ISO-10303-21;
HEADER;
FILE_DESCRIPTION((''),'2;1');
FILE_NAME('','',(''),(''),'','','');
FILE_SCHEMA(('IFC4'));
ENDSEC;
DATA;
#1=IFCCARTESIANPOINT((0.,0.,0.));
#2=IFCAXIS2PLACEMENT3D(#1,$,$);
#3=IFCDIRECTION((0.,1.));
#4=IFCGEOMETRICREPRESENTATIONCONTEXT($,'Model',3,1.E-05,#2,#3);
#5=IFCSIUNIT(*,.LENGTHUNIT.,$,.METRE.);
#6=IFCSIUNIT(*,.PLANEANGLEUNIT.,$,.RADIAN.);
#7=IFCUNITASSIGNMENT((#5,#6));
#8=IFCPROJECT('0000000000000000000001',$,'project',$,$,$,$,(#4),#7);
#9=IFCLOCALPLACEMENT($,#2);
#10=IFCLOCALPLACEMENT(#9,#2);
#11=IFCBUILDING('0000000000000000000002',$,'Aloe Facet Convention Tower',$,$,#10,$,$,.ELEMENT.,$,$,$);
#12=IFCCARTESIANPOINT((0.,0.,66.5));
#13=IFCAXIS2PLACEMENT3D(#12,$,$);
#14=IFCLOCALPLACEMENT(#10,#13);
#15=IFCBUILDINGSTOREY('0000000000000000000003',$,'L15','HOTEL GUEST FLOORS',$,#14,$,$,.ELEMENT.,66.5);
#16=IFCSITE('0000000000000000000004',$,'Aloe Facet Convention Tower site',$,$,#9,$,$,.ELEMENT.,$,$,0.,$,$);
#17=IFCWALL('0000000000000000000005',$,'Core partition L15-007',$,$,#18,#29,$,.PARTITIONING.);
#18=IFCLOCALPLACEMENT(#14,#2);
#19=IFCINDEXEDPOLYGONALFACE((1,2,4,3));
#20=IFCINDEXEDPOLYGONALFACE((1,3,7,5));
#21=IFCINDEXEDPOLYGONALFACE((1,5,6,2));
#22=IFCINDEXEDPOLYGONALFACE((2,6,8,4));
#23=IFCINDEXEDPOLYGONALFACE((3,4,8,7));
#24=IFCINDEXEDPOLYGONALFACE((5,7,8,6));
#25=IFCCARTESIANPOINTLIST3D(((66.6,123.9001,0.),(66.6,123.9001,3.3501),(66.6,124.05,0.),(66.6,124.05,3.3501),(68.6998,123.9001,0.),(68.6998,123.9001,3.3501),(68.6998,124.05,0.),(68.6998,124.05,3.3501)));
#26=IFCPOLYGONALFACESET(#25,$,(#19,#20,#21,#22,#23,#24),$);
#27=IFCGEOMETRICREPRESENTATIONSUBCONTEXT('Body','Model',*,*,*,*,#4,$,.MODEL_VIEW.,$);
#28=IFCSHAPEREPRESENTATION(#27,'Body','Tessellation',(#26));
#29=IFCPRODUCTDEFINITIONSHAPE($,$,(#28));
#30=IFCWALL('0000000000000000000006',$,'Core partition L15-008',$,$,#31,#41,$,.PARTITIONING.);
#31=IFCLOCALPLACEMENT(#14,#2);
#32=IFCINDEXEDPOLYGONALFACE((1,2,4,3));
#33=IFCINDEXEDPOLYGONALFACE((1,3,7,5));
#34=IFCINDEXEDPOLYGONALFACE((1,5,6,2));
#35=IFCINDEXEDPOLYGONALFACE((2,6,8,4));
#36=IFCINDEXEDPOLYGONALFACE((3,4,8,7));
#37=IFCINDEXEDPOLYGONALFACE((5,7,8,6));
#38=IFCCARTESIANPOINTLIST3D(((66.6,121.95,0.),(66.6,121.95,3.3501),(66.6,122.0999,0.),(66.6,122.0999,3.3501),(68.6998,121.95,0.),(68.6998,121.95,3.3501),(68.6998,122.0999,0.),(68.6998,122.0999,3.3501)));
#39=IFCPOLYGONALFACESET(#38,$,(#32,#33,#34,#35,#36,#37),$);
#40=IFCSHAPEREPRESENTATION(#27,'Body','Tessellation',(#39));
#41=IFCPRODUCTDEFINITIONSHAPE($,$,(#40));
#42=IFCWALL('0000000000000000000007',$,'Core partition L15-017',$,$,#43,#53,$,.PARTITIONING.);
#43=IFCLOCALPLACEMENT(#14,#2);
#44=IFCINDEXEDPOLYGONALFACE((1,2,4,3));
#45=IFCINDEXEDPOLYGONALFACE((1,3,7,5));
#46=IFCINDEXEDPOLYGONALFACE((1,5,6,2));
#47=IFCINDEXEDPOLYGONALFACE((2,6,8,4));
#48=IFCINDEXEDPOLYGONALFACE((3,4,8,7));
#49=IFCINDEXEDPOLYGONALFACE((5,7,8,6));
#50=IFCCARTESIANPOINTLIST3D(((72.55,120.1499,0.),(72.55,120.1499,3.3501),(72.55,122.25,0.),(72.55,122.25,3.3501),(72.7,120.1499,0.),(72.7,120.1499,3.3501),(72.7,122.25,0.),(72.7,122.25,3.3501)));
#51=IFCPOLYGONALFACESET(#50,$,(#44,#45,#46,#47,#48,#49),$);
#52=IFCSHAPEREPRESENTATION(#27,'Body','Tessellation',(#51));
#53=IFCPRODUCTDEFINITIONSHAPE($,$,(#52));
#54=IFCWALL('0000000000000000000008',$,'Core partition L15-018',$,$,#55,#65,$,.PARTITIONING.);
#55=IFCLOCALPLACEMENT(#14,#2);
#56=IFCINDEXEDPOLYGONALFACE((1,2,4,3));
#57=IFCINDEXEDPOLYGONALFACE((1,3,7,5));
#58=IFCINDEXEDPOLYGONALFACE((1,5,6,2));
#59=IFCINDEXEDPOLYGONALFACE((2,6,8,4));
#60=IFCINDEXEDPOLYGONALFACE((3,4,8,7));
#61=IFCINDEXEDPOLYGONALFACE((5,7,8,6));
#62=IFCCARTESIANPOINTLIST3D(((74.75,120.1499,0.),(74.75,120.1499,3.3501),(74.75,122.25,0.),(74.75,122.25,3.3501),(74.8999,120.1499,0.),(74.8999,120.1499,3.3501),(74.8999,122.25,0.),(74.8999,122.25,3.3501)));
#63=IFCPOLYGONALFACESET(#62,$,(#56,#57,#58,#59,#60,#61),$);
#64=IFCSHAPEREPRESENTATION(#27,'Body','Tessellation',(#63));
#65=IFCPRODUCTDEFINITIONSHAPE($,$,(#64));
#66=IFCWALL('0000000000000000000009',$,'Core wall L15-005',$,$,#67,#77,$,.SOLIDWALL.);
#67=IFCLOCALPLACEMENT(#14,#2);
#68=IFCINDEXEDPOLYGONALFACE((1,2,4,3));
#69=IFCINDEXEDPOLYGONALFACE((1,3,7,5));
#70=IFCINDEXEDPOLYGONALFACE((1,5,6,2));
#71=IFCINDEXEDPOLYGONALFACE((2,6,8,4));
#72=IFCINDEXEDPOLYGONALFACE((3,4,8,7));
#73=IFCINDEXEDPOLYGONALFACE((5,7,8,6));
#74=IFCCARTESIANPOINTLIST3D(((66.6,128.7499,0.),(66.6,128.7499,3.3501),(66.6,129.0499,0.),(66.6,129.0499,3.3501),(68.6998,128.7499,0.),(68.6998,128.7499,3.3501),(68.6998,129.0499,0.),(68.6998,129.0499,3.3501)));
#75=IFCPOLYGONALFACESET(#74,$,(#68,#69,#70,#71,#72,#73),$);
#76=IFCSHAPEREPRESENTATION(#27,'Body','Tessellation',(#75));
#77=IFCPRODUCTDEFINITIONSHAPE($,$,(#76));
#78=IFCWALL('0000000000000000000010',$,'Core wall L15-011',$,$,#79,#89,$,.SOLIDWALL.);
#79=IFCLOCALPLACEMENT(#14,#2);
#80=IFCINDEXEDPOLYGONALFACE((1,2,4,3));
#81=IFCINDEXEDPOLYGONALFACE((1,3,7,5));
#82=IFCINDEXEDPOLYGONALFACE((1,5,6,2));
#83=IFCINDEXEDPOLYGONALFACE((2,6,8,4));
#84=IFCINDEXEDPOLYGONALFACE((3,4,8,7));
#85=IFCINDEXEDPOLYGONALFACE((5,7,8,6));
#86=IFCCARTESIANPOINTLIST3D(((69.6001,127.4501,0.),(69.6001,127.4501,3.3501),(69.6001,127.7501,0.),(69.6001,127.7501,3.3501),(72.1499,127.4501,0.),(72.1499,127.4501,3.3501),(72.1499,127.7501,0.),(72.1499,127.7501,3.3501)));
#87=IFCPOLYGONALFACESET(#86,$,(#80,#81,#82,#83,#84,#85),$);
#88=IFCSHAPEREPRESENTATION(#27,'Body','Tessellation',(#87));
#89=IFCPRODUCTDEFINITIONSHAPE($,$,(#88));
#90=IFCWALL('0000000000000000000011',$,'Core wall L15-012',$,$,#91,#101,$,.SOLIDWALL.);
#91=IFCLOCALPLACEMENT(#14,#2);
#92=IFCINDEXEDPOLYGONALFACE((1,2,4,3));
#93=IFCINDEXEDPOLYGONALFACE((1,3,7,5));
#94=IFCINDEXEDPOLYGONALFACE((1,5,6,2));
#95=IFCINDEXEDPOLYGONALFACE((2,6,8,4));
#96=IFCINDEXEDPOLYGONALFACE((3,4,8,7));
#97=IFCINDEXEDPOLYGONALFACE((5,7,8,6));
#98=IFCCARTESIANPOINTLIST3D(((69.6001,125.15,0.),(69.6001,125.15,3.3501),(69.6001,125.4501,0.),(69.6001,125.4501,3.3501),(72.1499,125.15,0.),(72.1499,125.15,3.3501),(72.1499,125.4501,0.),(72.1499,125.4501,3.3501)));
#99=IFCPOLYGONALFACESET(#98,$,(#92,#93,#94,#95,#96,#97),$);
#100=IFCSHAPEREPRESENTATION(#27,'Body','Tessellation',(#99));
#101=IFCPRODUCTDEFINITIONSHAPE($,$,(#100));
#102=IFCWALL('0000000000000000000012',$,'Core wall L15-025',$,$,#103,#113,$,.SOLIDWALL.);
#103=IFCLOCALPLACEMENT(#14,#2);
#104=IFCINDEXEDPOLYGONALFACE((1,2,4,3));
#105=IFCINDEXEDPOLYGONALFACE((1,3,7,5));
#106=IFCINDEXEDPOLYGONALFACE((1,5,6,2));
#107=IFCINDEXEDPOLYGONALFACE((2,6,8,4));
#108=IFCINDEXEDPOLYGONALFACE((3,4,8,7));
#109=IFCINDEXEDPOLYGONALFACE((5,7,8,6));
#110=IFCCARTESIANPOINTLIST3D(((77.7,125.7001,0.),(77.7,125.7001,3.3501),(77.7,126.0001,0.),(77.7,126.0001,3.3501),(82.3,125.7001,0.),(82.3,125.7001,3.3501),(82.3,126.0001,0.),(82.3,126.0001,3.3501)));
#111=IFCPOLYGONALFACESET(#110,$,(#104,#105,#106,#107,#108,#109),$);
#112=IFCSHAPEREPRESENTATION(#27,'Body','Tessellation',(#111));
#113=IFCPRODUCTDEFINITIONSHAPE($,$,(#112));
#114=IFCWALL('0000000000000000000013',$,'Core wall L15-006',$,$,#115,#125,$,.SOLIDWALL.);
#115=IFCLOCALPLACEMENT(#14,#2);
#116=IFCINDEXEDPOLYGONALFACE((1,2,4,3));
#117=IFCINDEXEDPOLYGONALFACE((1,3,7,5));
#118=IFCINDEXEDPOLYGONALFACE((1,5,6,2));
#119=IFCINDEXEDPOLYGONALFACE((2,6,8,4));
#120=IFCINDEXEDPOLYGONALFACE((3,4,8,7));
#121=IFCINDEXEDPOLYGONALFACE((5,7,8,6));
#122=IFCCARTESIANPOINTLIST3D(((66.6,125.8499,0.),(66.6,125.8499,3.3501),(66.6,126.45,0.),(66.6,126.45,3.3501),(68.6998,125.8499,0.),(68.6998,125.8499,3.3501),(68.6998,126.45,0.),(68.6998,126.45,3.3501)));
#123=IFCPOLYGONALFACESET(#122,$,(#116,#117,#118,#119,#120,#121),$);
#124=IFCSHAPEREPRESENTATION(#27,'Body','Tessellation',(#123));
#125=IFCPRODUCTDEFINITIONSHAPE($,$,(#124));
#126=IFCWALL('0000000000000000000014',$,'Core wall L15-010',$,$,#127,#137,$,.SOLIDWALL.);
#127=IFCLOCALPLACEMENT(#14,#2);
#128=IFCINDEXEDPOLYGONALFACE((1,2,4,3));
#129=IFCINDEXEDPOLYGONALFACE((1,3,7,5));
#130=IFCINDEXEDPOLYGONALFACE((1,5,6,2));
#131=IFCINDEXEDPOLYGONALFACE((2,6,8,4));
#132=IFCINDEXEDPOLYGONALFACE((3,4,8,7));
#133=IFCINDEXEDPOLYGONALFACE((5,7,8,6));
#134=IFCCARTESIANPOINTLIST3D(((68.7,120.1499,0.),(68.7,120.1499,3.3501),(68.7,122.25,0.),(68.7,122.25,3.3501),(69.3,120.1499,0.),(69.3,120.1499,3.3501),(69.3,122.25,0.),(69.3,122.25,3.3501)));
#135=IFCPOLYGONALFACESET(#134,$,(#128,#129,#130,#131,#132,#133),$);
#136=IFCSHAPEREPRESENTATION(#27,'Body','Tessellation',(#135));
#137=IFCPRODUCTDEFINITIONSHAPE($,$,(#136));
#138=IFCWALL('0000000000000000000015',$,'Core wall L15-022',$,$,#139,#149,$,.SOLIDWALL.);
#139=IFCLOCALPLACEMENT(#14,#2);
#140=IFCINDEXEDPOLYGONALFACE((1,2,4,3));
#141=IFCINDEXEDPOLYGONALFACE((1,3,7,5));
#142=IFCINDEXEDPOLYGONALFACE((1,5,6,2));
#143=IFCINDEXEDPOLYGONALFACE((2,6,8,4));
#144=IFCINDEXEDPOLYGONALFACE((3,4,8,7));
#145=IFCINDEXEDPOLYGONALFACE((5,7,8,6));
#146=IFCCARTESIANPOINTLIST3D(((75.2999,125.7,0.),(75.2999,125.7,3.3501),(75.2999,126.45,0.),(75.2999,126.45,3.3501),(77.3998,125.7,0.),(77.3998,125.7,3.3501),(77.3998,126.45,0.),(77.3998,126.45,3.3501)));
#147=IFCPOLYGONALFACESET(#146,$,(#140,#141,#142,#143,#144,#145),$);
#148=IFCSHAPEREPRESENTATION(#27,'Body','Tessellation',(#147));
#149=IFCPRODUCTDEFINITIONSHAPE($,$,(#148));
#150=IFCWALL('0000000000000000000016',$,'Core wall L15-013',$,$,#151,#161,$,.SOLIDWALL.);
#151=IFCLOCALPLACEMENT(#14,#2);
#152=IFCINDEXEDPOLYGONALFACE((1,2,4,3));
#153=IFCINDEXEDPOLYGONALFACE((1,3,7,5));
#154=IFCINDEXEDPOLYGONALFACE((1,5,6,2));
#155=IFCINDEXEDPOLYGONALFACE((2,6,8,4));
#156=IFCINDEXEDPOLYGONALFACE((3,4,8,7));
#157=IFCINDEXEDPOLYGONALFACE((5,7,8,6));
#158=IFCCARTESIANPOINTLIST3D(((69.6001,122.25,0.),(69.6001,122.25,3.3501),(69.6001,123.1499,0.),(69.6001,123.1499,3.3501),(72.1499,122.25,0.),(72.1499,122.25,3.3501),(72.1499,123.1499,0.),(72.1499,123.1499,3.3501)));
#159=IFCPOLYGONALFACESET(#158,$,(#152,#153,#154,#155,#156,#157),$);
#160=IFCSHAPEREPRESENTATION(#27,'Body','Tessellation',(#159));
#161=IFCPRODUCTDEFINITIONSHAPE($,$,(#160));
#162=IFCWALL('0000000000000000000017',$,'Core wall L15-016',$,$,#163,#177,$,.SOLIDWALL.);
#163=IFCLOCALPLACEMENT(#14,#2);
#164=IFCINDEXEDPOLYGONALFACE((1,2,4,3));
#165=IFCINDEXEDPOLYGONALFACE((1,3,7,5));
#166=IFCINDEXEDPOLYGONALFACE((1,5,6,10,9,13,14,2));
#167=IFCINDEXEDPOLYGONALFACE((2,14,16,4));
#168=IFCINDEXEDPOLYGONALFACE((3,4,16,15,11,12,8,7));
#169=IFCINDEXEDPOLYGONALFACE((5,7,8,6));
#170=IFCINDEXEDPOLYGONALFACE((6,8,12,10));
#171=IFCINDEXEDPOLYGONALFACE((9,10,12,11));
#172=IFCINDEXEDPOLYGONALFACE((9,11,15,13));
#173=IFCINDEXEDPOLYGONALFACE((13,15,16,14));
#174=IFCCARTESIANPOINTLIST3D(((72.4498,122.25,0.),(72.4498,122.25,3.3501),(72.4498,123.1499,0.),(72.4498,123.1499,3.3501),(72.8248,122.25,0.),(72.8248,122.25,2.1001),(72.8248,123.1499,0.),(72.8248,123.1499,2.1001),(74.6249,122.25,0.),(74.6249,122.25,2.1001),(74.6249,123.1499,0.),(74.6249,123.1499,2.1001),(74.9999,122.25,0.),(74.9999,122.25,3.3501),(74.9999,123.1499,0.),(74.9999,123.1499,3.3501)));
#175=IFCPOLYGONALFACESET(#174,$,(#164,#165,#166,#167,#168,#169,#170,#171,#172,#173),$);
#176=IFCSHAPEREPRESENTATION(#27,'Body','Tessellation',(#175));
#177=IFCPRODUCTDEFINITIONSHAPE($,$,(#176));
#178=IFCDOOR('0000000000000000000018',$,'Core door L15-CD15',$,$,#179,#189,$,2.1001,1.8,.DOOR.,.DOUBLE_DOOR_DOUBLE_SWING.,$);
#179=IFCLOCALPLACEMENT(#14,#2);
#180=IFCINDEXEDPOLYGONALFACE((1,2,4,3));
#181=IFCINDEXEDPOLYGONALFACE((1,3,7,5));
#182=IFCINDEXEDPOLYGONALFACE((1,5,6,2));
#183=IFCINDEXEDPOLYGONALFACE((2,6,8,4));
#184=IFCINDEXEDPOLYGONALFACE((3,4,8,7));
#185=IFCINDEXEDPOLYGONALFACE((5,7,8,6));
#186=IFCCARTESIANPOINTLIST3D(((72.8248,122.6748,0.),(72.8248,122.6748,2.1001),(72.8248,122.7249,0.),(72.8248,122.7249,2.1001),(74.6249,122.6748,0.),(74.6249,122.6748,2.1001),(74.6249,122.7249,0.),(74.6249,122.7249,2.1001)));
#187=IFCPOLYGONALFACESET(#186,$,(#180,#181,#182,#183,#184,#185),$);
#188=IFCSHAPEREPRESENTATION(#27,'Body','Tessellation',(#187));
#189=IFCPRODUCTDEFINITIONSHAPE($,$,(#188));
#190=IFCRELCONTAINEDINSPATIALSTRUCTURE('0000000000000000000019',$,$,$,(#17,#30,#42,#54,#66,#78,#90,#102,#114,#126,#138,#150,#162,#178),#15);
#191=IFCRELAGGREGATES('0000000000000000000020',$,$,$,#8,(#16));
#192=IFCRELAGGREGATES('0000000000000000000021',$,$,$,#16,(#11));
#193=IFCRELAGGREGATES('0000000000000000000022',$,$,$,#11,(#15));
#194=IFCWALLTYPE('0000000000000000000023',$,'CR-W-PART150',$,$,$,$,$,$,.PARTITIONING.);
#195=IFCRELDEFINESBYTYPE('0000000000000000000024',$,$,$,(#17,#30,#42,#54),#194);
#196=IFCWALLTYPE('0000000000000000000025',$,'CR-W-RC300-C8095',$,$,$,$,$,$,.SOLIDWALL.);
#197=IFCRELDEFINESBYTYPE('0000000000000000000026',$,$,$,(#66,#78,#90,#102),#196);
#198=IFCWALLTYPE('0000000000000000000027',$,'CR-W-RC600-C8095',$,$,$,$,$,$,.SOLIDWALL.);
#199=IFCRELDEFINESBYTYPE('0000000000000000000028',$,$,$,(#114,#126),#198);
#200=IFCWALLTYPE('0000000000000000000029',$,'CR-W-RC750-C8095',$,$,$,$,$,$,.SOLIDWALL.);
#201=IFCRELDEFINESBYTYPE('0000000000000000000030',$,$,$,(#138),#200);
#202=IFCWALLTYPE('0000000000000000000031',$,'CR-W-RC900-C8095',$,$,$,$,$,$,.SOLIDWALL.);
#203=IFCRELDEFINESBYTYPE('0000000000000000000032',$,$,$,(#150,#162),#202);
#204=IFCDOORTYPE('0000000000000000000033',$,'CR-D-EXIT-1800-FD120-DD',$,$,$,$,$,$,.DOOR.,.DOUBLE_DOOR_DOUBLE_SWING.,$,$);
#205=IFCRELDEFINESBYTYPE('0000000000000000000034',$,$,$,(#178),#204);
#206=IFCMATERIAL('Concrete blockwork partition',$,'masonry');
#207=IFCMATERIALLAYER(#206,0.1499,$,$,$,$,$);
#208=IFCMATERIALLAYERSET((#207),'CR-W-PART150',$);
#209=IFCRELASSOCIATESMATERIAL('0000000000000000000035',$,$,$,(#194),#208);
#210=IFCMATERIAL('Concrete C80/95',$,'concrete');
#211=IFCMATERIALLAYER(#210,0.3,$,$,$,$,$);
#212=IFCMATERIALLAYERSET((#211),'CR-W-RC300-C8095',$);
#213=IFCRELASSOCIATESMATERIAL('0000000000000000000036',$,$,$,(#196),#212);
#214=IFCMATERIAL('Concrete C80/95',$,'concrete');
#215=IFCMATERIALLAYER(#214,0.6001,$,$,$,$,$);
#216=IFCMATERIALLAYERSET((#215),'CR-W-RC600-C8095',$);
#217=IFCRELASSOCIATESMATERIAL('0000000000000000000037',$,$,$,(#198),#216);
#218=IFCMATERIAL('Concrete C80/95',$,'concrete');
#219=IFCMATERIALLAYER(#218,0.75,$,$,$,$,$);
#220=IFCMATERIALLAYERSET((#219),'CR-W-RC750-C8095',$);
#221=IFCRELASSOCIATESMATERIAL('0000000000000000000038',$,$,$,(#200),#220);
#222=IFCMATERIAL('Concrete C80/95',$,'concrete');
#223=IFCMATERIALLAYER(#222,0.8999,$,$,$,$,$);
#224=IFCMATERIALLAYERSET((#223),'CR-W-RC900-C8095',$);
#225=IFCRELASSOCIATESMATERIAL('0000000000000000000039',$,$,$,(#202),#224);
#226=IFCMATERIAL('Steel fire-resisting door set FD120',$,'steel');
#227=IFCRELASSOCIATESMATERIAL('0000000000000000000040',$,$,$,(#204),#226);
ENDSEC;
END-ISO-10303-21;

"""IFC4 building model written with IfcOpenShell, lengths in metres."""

from ifc_helpers import new_model, si_unit, direction, frame, frame_2d, origin, place, context, subcontext, project, spatial, rectangle, extrude, material, layer, layer_set, type_object, element, fill, save


model = new_model("IFC4")

# Units and contexts
model_context = context("Model", 3, precision=1e-05, world=origin(), true_north=direction((0.0, 1.0)))
body_context = subcontext(model_context, "Body", "Model", "MODEL_VIEW")
ifc_project = project(units=[si_unit("LENGTHUNIT", "METRE"), si_unit("PLANEANGLEUNIT", "RADIAN")], contexts=[model_context])

# Site, building, storey
site_placement = place(None, origin())
site = spatial("IfcSite", under=ifc_project, at=site_placement, Name="Aloe Facet Convention Tower site", CompositionType="ELEMENT", RefElevation=0.0)
building_placement = place(site_placement, origin())
building = spatial("IfcBuilding", under=site, at=building_placement, Name="Aloe Facet Convention Tower", CompositionType="ELEMENT")
storey_placement = place(building_placement, frame((0.0, 0.0, 66.5)))
storey = spatial("IfcBuildingStorey", under=building, at=storey_placement, Name="L15", Description="HOTEL GUEST FLOORS", CompositionType="ELEMENT", Elevation=66.5)

# Walls
ifc_material_1 = material(Name="Concrete blockwork partition", Category="masonry")
ifc_layer_1 = layer(ifc_material_1, 0.1499)
ifc_layer_set_1 = layer_set([ifc_layer_1], Name="CR-W-PART150")
wall_type_1 = type_object("IfcWallType", Name="CR-W-PART150", PredefinedType="PARTITIONING", material=ifc_layer_set_1)
for number, where, z_axis, x_axis, name in (
    (1, (66.6001, 123.9751, 0.0), (0.0, 0.0, 1.0), (1.0, 0.0, 0.0), "Core partition L15-007"),
    (2, (66.6001, 122.0249, 0.0), (0.0, 0.0, 1.0), (1.0, 0.0, 0.0), "Core partition L15-008"),
):
    element("IfcWall", number, at=place(storey_placement, frame(where, z_axis=z_axis, x_axis=x_axis)), inside=storey, type_object=wall_type_1, Name=name, PredefinedType="PARTITIONING", context=body_context, shape_type="SweptSolid", body=[
        extrude(rectangle(XDim=2.0999, YDim=0.1499, at=frame_2d((1.0498, 0.0))), origin(), (0.0, 0.0, 1.0), 3.3501),
    ])
for number, where, z_axis, x_axis, name in (
    (3, (72.625, 122.25, 0.0), (0.0, 0.0, 1.0), (0.0, -1.0, 0.0), "Core partition L15-017"),
    (4, (74.825, 122.25, 0.0), (0.0, 0.0, 1.0), (0.0, -1.0, 0.0), "Core partition L15-018"),
):
    element("IfcWall", number, at=place(storey_placement, frame(where, z_axis=z_axis, x_axis=x_axis)), inside=storey, type_object=wall_type_1, Name=name, PredefinedType="PARTITIONING", context=body_context, shape_type="SweptSolid", body=[
        extrude(rectangle(XDim=2.1001, YDim=0.1499, at=frame_2d((1.05, 0.0))), origin(), (0.0, 0.0, 1.0), 3.3501),
    ])
ifc_material_2 = material(Name="Concrete C80/95", Category="concrete")
ifc_layer_2 = layer(ifc_material_2, 0.3)
ifc_layer_set_2 = layer_set([ifc_layer_2], Name="CR-W-RC300-C8095")
wall_type_2 = type_object("IfcWallType", Name="CR-W-RC300-C8095", PredefinedType="SOLIDWALL", material=ifc_layer_set_2)
wall_1_placement = place(storey_placement, frame((66.6001, 128.8999, 0.0), z_axis=(0.0, 0.0, 1.0), x_axis=(1.0, 0.0, 0.0)))
element("IfcWall", 5, at=wall_1_placement, inside=storey, type_object=wall_type_2, Name="Core wall L15-005", PredefinedType="SOLIDWALL", context=body_context, shape_type="SweptSolid", body=[
    extrude(rectangle(XDim=2.0999, YDim=0.3, at=frame_2d((1.0498, 0.0))), origin(), (0.0, 0.0, 1.0), 3.3501),
])
for number, where, z_axis, x_axis, name in (
    (6, (69.6001, 127.6001, 0.0), (0.0, 0.0, 1.0), (1.0, 0.0, 0.0), "Core wall L15-011"),
    (7, (69.6001, 125.3, 0.0), (0.0, 0.0, 1.0), (1.0, 0.0, 0.0), "Core wall L15-012"),
):
    element("IfcWall", number, at=place(storey_placement, frame(where, z_axis=z_axis, x_axis=x_axis)), inside=storey, type_object=wall_type_2, Name=name, PredefinedType="SOLIDWALL", context=body_context, shape_type="SweptSolid", body=[
        extrude(rectangle(XDim=2.5498, YDim=0.3, at=frame_2d((1.2749, 0.0))), origin(), (0.0, 0.0, 1.0), 3.3501),
    ])
wall_2_placement = place(storey_placement, frame((77.7, 125.8501, 0.0), z_axis=(0.0, 0.0, 1.0), x_axis=(1.0, 0.0, 0.0)))
element("IfcWall", 8, at=wall_2_placement, inside=storey, type_object=wall_type_2, Name="Core wall L15-025", PredefinedType="SOLIDWALL", context=body_context, shape_type="SweptSolid", body=[
    extrude(rectangle(XDim=4.6001, YDim=0.3, at=frame_2d((2.3, 0.0))), origin(), (0.0, 0.0, 1.0), 3.3501),
])
ifc_material_3 = material(Name="Concrete C80/95", Category="concrete")
ifc_layer_3 = layer(ifc_material_3, 0.6001)
ifc_layer_set_3 = layer_set([ifc_layer_3], Name="CR-W-RC600-C8095")
wall_type_3 = type_object("IfcWallType", Name="CR-W-RC600-C8095", PredefinedType="SOLIDWALL", material=ifc_layer_set_3)
wall_3_placement = place(storey_placement, frame((66.6001, 126.1499, 0.0), z_axis=(0.0, 0.0, 1.0), x_axis=(1.0, 0.0, 0.0)))
element("IfcWall", 9, at=wall_3_placement, inside=storey, type_object=wall_type_3, Name="Core wall L15-006", PredefinedType="SOLIDWALL", context=body_context, shape_type="SweptSolid", body=[
    extrude(rectangle(XDim=2.0999, YDim=0.6001, at=frame_2d((1.0498, 0.0))), origin(), (0.0, 0.0, 1.0), 3.3501),
])
wall_4_placement = place(storey_placement, frame((69.0, 122.25, 0.0), z_axis=(0.0, 0.0, 1.0), x_axis=(0.0, -1.0, 0.0)))
element("IfcWall", 10, at=wall_4_placement, inside=storey, type_object=wall_type_3, Name="Core wall L15-010", PredefinedType="SOLIDWALL", context=body_context, shape_type="SweptSolid", body=[
    extrude(rectangle(XDim=2.1001, YDim=0.6001, at=frame_2d((1.05, 0.0))), origin(), (0.0, 0.0, 1.0), 3.3501),
])
ifc_material_4 = material(Name="Concrete C80/95", Category="concrete")
ifc_layer_4 = layer(ifc_material_4, 0.75)
ifc_layer_set_4 = layer_set([ifc_layer_4], Name="CR-W-RC750-C8095")
wall_type_4 = type_object("IfcWallType", Name="CR-W-RC750-C8095", PredefinedType="SOLIDWALL", material=ifc_layer_set_4)
wall_5_placement = place(storey_placement, frame((75.3, 126.075, 0.0), z_axis=(0.0, 0.0, 1.0), x_axis=(1.0, 0.0, 0.0)))
element("IfcWall", 11, at=wall_5_placement, inside=storey, type_object=wall_type_4, Name="Core wall L15-022", PredefinedType="SOLIDWALL", context=body_context, shape_type="SweptSolid", body=[
    extrude(rectangle(XDim=2.0999, YDim=0.75, at=frame_2d((1.0498, 0.0))), origin(), (0.0, 0.0, 1.0), 3.3501),
])
ifc_material_5 = material(Name="Concrete C80/95", Category="concrete")
ifc_layer_5 = layer(ifc_material_5, 0.8999)
ifc_layer_set_5 = layer_set([ifc_layer_5], Name="CR-W-RC900-C8095")
wall_type_5 = type_object("IfcWallType", Name="CR-W-RC900-C8095", PredefinedType="SOLIDWALL", material=ifc_layer_set_5)
wall_6_placement = place(storey_placement, frame((69.6001, 122.7, 0.0), z_axis=(0.0, 0.0, 1.0), x_axis=(1.0, 0.0, 0.0)))
element("IfcWall", 12, at=wall_6_placement, inside=storey, type_object=wall_type_5, Name="Core wall L15-013", PredefinedType="SOLIDWALL", context=body_context, shape_type="SweptSolid", body=[
    extrude(rectangle(XDim=2.5498, YDim=0.8999, at=frame_2d((1.2749, 0.0))), origin(), (0.0, 0.0, 1.0), 3.3501),
])

# Wall, opening, door
wall_7_placement = place(storey_placement, frame((72.45, 122.7, 0.0), z_axis=(0.0, 0.0, 1.0), x_axis=(1.0, 0.0, 0.0)))
wall_7 = element("IfcWall", 13, at=wall_7_placement, inside=storey, type_object=wall_type_5, Name="Core wall L15-016", PredefinedType="SOLIDWALL", context=body_context, shape_type="SweptSolid", body=[
    extrude(rectangle(XDim=2.55, YDim=0.8999, at=frame_2d((1.2749, 0.0))), origin(), (0.0, 0.0, 1.0), 3.3501),
])
opening_placement = place(wall_7_placement, frame((0.375, 0.0, 0.0)))
opening = element("IfcOpeningElement", 14, at=opening_placement, cuts=wall_7, PredefinedType="OPENING", context=body_context, shape_type="SweptSolid", body=[
    extrude(rectangle(XDim=1.8, YDim=2.1001, at=frame_2d((0.8999, 1.05))), frame((0.0, 0.46, 0.0), z_axis=(0.0, -1.0, 0.0), x_axis=(1.0, 0.0, 0.0)), (0.0, 0.0, 1.0), 0.9199),
])
ifc_material_6 = material(Name="Steel fire-resisting door set FD120", Category="steel")
door_type = type_object("IfcDoorType", Name="CR-D-EXIT-1800-FD120-DD", OperationType="DOUBLE_DOOR_DOUBLE_SWING", PredefinedType="DOOR", material=ifc_material_6)
door_placement = place(opening_placement, origin())
door = element("IfcDoor", 15, at=door_placement, inside=storey, type_object=door_type, Name="Core door L15-CD15", OperationType="DOUBLE_DOOR_DOUBLE_SWING", OverallHeight=2.1001, OverallWidth=1.8, PredefinedType="DOOR", context=body_context, shape_type="SweptSolid", body=[
    extrude(rectangle(XDim=1.8, YDim=2.1001, at=frame_2d((0.8999, 1.05))), frame((0.0, 0.0249, 0.0), z_axis=(0.0, -1.0, 0.0), x_axis=(1.0, 0.0, 0.0)), (0.0, 0.0, 1.0), 0.05),
])
fill(opening, door)

save(model, "model.ifc")
